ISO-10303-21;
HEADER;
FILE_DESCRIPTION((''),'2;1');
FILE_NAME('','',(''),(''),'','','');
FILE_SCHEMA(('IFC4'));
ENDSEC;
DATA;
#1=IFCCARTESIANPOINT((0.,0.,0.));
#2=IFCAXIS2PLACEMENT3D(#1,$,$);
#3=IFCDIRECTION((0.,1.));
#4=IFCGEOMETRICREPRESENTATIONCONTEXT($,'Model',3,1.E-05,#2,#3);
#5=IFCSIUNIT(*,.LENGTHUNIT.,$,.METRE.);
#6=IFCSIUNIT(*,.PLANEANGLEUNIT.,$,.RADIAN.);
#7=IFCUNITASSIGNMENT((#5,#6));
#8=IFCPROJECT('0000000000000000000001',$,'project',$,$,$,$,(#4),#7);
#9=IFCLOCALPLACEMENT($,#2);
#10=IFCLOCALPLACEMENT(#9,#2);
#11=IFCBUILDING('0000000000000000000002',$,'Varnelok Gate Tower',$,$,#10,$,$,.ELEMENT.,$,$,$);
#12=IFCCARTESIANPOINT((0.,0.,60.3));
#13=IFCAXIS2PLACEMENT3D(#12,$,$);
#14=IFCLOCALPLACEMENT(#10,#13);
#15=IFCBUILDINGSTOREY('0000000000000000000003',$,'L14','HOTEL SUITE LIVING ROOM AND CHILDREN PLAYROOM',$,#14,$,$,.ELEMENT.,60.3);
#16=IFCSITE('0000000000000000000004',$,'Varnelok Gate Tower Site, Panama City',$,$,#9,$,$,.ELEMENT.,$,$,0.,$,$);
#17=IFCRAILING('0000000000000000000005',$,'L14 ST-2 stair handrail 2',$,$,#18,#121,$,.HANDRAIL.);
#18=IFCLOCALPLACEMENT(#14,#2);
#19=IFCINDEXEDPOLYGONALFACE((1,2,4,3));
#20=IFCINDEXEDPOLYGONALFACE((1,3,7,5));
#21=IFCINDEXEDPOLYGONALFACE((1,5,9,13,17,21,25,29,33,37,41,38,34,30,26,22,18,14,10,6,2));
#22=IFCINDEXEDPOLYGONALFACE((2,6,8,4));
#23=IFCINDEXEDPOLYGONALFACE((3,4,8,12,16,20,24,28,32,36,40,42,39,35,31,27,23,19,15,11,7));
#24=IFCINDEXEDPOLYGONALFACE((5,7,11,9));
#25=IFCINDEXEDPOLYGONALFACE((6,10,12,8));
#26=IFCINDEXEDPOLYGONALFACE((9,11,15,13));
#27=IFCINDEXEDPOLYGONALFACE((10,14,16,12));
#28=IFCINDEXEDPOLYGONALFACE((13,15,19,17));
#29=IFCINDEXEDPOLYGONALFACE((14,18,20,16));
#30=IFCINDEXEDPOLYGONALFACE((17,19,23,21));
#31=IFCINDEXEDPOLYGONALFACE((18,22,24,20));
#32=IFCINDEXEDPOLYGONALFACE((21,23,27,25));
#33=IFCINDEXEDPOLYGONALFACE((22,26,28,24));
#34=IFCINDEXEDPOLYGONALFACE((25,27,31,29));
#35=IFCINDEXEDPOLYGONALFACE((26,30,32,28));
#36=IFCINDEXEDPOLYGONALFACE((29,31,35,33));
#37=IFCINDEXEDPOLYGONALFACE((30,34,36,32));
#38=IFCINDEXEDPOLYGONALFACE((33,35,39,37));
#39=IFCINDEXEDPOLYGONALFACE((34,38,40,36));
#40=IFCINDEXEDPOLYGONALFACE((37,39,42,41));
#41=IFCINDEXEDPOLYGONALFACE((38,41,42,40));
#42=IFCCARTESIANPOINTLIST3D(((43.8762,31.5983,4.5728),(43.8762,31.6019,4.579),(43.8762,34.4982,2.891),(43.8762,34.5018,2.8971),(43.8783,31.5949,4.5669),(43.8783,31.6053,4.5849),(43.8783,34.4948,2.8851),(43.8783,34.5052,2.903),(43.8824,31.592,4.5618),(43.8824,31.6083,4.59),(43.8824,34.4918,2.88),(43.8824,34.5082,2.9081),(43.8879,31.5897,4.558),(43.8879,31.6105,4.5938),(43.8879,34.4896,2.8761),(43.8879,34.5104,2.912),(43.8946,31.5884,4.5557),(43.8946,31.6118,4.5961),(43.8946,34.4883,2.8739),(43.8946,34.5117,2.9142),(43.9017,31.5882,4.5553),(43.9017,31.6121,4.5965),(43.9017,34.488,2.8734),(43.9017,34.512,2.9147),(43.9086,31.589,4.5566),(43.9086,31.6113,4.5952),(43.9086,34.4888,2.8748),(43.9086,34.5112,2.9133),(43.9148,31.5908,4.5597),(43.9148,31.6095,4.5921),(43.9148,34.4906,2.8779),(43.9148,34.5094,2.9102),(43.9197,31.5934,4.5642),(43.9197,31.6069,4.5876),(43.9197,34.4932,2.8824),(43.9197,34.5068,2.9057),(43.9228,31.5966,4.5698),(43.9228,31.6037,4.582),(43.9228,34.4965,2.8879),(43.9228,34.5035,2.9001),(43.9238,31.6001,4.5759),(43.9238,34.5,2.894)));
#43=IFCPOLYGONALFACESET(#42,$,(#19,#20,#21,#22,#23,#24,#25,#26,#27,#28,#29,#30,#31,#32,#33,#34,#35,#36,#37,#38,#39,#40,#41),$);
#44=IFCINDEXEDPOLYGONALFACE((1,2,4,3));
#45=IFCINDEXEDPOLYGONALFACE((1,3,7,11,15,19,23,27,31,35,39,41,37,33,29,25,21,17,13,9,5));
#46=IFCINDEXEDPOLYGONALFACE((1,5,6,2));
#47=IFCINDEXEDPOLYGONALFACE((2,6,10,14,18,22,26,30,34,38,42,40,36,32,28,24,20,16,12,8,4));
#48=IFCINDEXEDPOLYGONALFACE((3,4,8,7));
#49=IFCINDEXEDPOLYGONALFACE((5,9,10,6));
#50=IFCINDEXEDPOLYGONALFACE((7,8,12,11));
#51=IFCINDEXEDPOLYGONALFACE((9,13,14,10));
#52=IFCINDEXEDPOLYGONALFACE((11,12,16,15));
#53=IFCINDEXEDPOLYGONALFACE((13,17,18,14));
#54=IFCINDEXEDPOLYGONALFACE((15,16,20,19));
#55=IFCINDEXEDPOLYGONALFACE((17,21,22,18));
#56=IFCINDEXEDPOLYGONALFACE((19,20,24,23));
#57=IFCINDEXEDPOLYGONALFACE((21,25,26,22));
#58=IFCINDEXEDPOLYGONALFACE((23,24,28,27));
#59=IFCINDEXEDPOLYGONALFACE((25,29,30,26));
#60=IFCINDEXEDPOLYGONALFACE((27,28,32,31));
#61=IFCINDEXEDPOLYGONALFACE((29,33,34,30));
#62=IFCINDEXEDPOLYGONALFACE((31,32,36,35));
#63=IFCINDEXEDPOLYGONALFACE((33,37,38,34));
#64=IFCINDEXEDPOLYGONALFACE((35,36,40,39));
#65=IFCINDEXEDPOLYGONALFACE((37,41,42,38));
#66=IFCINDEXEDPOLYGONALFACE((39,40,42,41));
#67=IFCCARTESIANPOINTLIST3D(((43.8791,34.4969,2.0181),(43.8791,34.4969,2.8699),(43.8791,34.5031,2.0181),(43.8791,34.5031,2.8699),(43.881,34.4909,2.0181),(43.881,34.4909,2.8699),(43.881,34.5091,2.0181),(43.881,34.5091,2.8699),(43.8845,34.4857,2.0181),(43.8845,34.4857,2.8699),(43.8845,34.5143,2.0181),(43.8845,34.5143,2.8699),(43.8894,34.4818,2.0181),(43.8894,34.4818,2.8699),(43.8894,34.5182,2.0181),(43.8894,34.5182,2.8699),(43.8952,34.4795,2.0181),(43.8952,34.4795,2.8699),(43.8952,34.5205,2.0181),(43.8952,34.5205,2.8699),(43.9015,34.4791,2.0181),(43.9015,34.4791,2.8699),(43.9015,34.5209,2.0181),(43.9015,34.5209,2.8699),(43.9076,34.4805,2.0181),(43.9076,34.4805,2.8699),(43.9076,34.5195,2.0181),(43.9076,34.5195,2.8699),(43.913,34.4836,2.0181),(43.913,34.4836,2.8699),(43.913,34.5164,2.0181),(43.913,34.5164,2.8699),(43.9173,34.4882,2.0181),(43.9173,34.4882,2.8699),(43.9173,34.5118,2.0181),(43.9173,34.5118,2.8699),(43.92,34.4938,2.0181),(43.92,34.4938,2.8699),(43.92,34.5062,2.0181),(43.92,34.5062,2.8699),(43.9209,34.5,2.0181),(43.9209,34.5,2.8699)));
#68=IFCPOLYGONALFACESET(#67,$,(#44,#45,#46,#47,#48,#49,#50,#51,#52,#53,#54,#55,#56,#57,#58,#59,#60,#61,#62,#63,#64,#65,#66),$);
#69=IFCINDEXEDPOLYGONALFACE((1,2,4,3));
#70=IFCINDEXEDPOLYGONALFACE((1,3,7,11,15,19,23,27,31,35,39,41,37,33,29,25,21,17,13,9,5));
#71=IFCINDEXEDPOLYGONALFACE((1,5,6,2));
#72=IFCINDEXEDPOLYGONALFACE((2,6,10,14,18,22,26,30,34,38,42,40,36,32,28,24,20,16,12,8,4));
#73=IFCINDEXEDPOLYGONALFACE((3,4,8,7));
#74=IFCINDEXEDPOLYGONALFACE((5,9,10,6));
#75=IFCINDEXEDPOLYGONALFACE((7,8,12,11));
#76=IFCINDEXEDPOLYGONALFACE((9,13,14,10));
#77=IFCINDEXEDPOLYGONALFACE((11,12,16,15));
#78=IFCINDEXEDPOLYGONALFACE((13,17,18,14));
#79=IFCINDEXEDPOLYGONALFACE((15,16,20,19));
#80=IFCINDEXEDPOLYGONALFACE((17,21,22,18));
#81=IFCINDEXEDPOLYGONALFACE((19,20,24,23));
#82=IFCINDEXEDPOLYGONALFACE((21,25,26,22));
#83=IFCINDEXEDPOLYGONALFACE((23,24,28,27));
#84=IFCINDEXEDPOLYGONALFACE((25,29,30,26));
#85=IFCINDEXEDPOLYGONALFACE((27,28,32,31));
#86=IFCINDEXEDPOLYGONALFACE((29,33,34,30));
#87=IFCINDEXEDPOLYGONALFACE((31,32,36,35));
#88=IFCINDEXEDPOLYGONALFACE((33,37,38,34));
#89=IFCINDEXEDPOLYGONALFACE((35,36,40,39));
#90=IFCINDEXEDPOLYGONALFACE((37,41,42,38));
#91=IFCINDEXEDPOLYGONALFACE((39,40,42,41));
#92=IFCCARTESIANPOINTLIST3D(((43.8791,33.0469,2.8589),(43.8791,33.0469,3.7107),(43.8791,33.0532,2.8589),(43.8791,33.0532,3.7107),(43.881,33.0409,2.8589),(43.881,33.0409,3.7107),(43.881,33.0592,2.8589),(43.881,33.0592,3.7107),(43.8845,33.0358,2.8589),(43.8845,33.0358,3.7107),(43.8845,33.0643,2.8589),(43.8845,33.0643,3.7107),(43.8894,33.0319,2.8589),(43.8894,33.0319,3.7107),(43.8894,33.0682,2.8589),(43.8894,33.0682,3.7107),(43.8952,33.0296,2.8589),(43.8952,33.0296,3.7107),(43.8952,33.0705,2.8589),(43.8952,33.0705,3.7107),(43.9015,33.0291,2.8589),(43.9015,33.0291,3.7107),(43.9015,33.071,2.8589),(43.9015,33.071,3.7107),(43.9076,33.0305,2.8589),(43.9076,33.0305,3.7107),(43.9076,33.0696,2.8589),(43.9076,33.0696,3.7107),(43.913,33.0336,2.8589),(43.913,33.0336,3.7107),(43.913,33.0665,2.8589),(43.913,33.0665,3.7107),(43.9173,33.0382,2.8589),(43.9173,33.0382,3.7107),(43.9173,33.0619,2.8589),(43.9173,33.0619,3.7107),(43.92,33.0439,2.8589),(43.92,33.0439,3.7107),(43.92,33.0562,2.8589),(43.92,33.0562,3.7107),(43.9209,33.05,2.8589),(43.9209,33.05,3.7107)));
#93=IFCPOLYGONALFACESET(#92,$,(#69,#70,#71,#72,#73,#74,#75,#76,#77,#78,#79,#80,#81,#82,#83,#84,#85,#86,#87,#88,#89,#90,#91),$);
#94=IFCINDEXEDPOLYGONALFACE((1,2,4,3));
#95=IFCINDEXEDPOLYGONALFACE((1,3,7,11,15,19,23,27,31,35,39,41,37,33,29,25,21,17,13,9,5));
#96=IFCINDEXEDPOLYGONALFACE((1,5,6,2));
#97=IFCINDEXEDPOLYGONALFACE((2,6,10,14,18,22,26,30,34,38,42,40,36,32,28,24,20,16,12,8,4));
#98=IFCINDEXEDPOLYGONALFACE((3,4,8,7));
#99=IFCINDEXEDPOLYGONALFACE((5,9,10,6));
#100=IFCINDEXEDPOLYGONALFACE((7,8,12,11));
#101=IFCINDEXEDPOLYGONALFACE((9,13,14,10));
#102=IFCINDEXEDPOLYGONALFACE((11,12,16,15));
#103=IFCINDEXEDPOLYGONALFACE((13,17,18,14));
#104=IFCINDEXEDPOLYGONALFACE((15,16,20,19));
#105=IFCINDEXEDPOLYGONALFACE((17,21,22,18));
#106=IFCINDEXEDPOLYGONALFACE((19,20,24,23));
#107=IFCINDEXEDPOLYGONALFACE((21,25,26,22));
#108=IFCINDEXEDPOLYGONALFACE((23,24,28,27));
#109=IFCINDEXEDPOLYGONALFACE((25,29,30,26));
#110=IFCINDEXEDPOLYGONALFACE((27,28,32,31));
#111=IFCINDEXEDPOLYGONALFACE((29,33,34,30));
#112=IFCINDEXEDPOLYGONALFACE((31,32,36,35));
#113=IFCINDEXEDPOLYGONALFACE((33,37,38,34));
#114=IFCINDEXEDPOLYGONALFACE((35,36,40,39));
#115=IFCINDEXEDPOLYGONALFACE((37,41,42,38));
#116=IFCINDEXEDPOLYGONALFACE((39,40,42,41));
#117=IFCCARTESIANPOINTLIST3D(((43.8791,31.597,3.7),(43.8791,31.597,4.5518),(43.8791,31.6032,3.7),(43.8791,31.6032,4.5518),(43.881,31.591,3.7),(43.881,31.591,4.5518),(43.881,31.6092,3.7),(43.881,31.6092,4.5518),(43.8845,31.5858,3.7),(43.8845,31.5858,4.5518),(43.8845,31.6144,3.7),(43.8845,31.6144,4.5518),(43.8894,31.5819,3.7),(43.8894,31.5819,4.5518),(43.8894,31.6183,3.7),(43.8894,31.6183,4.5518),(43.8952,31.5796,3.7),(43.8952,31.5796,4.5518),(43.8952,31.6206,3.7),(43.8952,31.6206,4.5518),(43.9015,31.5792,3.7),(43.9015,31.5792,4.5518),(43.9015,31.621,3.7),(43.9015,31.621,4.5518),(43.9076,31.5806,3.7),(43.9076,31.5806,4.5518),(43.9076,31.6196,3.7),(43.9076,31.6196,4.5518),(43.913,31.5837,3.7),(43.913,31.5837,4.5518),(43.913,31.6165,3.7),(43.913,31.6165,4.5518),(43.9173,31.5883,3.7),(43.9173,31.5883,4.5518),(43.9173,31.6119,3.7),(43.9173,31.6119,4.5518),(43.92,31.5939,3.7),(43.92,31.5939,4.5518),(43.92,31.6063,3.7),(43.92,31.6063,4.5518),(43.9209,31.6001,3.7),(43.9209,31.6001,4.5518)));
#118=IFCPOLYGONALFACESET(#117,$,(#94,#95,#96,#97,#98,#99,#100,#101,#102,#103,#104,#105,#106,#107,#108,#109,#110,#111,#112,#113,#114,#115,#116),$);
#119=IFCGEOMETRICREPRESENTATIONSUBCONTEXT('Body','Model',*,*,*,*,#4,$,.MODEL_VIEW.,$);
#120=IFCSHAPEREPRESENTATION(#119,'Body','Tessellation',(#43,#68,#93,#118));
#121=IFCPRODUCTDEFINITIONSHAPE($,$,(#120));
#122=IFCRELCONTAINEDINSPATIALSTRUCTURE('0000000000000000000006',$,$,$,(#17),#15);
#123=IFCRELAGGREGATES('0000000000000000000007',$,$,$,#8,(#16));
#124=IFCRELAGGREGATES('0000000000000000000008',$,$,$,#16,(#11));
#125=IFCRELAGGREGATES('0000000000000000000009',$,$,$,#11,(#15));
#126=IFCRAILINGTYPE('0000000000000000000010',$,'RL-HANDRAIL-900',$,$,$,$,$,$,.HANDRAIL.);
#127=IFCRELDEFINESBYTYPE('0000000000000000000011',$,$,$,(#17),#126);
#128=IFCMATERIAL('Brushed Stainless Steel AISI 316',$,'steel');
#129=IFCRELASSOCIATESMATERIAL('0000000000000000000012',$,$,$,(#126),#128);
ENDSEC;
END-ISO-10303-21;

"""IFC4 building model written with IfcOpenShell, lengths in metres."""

from ifc_helpers import new_model, si_unit, direction, frame, origin, origin_2d, place, context, subcontext, project, spatial, circle, extrude, material, type_object, element, save


model = new_model("IFC4")

# Units and contexts
model_context = context("Model", 3, precision=1e-05, world=origin(), true_north=direction((0.0, 1.0)))
body_context = subcontext(model_context, "Body", "Model", "MODEL_VIEW")
ifc_project = project(units=[si_unit("LENGTHUNIT", "METRE"), si_unit("PLANEANGLEUNIT", "RADIAN")], contexts=[model_context])

# Site, building, storey
site_placement = place(None, origin())
site = spatial("IfcSite", under=ifc_project, at=site_placement, Name="Varnelok Gate Tower Site, Panama City", CompositionType="ELEMENT", RefElevation=0.0)
building_placement = place(site_placement, origin())
building = spatial("IfcBuilding", under=site, at=building_placement, Name="Varnelok Gate Tower", CompositionType="ELEMENT")
storey_placement = place(building_placement, frame((0.0, 0.0, 60.3)))
storey = spatial("IfcBuildingStorey", under=building, at=storey_placement, Name="L14", Description="HOTEL SUITE LIVING ROOM AND CHILDREN PLAYROOM", CompositionType="ELEMENT", Elevation=60.3)

# Railing
ifc_material_1 = material(Name="Brushed Stainless Steel AISI 316", Category="steel")
railing_type_1 = type_object("IfcRailingType", Name="RL-HANDRAIL-900", PredefinedType="HANDRAIL", material=ifc_material_1)
railing_1_placement = place(storey_placement, frame((43.8999, 34.5, 2.0181)))
element("IfcRailing", 1, at=railing_1_placement, inside=storey, type_object=railing_type_1, Name="L14 ST-2 stair handrail 2", PredefinedType="HANDRAIL", context=body_context, shape_type="SweptSolid", body=[
    extrude(circle(Radius=0.0239, at=origin_2d()), frame((0.0, 0.0, 0.876), z_axis=(0.0, -0.865039, 0.501705), x_axis=(1.0, 0.0, 0.0)), (0.0, 0.0, 1.0), 3.3523),
    extrude(circle(Radius=0.021, at=origin_2d()), origin(), (0.0, 0.0, 1.0), 0.8518),
    extrude(circle(Radius=0.021, at=origin_2d()), frame((0.0, -1.45, 0.8408)), (0.0, 0.0, 1.0), 0.8518),
    extrude(circle(Radius=0.021, at=origin_2d()), frame((0.0, -2.8999, 1.6819)), (0.0, 0.0, 1.0), 0.8518),
])

save(model, "model.ifc")
